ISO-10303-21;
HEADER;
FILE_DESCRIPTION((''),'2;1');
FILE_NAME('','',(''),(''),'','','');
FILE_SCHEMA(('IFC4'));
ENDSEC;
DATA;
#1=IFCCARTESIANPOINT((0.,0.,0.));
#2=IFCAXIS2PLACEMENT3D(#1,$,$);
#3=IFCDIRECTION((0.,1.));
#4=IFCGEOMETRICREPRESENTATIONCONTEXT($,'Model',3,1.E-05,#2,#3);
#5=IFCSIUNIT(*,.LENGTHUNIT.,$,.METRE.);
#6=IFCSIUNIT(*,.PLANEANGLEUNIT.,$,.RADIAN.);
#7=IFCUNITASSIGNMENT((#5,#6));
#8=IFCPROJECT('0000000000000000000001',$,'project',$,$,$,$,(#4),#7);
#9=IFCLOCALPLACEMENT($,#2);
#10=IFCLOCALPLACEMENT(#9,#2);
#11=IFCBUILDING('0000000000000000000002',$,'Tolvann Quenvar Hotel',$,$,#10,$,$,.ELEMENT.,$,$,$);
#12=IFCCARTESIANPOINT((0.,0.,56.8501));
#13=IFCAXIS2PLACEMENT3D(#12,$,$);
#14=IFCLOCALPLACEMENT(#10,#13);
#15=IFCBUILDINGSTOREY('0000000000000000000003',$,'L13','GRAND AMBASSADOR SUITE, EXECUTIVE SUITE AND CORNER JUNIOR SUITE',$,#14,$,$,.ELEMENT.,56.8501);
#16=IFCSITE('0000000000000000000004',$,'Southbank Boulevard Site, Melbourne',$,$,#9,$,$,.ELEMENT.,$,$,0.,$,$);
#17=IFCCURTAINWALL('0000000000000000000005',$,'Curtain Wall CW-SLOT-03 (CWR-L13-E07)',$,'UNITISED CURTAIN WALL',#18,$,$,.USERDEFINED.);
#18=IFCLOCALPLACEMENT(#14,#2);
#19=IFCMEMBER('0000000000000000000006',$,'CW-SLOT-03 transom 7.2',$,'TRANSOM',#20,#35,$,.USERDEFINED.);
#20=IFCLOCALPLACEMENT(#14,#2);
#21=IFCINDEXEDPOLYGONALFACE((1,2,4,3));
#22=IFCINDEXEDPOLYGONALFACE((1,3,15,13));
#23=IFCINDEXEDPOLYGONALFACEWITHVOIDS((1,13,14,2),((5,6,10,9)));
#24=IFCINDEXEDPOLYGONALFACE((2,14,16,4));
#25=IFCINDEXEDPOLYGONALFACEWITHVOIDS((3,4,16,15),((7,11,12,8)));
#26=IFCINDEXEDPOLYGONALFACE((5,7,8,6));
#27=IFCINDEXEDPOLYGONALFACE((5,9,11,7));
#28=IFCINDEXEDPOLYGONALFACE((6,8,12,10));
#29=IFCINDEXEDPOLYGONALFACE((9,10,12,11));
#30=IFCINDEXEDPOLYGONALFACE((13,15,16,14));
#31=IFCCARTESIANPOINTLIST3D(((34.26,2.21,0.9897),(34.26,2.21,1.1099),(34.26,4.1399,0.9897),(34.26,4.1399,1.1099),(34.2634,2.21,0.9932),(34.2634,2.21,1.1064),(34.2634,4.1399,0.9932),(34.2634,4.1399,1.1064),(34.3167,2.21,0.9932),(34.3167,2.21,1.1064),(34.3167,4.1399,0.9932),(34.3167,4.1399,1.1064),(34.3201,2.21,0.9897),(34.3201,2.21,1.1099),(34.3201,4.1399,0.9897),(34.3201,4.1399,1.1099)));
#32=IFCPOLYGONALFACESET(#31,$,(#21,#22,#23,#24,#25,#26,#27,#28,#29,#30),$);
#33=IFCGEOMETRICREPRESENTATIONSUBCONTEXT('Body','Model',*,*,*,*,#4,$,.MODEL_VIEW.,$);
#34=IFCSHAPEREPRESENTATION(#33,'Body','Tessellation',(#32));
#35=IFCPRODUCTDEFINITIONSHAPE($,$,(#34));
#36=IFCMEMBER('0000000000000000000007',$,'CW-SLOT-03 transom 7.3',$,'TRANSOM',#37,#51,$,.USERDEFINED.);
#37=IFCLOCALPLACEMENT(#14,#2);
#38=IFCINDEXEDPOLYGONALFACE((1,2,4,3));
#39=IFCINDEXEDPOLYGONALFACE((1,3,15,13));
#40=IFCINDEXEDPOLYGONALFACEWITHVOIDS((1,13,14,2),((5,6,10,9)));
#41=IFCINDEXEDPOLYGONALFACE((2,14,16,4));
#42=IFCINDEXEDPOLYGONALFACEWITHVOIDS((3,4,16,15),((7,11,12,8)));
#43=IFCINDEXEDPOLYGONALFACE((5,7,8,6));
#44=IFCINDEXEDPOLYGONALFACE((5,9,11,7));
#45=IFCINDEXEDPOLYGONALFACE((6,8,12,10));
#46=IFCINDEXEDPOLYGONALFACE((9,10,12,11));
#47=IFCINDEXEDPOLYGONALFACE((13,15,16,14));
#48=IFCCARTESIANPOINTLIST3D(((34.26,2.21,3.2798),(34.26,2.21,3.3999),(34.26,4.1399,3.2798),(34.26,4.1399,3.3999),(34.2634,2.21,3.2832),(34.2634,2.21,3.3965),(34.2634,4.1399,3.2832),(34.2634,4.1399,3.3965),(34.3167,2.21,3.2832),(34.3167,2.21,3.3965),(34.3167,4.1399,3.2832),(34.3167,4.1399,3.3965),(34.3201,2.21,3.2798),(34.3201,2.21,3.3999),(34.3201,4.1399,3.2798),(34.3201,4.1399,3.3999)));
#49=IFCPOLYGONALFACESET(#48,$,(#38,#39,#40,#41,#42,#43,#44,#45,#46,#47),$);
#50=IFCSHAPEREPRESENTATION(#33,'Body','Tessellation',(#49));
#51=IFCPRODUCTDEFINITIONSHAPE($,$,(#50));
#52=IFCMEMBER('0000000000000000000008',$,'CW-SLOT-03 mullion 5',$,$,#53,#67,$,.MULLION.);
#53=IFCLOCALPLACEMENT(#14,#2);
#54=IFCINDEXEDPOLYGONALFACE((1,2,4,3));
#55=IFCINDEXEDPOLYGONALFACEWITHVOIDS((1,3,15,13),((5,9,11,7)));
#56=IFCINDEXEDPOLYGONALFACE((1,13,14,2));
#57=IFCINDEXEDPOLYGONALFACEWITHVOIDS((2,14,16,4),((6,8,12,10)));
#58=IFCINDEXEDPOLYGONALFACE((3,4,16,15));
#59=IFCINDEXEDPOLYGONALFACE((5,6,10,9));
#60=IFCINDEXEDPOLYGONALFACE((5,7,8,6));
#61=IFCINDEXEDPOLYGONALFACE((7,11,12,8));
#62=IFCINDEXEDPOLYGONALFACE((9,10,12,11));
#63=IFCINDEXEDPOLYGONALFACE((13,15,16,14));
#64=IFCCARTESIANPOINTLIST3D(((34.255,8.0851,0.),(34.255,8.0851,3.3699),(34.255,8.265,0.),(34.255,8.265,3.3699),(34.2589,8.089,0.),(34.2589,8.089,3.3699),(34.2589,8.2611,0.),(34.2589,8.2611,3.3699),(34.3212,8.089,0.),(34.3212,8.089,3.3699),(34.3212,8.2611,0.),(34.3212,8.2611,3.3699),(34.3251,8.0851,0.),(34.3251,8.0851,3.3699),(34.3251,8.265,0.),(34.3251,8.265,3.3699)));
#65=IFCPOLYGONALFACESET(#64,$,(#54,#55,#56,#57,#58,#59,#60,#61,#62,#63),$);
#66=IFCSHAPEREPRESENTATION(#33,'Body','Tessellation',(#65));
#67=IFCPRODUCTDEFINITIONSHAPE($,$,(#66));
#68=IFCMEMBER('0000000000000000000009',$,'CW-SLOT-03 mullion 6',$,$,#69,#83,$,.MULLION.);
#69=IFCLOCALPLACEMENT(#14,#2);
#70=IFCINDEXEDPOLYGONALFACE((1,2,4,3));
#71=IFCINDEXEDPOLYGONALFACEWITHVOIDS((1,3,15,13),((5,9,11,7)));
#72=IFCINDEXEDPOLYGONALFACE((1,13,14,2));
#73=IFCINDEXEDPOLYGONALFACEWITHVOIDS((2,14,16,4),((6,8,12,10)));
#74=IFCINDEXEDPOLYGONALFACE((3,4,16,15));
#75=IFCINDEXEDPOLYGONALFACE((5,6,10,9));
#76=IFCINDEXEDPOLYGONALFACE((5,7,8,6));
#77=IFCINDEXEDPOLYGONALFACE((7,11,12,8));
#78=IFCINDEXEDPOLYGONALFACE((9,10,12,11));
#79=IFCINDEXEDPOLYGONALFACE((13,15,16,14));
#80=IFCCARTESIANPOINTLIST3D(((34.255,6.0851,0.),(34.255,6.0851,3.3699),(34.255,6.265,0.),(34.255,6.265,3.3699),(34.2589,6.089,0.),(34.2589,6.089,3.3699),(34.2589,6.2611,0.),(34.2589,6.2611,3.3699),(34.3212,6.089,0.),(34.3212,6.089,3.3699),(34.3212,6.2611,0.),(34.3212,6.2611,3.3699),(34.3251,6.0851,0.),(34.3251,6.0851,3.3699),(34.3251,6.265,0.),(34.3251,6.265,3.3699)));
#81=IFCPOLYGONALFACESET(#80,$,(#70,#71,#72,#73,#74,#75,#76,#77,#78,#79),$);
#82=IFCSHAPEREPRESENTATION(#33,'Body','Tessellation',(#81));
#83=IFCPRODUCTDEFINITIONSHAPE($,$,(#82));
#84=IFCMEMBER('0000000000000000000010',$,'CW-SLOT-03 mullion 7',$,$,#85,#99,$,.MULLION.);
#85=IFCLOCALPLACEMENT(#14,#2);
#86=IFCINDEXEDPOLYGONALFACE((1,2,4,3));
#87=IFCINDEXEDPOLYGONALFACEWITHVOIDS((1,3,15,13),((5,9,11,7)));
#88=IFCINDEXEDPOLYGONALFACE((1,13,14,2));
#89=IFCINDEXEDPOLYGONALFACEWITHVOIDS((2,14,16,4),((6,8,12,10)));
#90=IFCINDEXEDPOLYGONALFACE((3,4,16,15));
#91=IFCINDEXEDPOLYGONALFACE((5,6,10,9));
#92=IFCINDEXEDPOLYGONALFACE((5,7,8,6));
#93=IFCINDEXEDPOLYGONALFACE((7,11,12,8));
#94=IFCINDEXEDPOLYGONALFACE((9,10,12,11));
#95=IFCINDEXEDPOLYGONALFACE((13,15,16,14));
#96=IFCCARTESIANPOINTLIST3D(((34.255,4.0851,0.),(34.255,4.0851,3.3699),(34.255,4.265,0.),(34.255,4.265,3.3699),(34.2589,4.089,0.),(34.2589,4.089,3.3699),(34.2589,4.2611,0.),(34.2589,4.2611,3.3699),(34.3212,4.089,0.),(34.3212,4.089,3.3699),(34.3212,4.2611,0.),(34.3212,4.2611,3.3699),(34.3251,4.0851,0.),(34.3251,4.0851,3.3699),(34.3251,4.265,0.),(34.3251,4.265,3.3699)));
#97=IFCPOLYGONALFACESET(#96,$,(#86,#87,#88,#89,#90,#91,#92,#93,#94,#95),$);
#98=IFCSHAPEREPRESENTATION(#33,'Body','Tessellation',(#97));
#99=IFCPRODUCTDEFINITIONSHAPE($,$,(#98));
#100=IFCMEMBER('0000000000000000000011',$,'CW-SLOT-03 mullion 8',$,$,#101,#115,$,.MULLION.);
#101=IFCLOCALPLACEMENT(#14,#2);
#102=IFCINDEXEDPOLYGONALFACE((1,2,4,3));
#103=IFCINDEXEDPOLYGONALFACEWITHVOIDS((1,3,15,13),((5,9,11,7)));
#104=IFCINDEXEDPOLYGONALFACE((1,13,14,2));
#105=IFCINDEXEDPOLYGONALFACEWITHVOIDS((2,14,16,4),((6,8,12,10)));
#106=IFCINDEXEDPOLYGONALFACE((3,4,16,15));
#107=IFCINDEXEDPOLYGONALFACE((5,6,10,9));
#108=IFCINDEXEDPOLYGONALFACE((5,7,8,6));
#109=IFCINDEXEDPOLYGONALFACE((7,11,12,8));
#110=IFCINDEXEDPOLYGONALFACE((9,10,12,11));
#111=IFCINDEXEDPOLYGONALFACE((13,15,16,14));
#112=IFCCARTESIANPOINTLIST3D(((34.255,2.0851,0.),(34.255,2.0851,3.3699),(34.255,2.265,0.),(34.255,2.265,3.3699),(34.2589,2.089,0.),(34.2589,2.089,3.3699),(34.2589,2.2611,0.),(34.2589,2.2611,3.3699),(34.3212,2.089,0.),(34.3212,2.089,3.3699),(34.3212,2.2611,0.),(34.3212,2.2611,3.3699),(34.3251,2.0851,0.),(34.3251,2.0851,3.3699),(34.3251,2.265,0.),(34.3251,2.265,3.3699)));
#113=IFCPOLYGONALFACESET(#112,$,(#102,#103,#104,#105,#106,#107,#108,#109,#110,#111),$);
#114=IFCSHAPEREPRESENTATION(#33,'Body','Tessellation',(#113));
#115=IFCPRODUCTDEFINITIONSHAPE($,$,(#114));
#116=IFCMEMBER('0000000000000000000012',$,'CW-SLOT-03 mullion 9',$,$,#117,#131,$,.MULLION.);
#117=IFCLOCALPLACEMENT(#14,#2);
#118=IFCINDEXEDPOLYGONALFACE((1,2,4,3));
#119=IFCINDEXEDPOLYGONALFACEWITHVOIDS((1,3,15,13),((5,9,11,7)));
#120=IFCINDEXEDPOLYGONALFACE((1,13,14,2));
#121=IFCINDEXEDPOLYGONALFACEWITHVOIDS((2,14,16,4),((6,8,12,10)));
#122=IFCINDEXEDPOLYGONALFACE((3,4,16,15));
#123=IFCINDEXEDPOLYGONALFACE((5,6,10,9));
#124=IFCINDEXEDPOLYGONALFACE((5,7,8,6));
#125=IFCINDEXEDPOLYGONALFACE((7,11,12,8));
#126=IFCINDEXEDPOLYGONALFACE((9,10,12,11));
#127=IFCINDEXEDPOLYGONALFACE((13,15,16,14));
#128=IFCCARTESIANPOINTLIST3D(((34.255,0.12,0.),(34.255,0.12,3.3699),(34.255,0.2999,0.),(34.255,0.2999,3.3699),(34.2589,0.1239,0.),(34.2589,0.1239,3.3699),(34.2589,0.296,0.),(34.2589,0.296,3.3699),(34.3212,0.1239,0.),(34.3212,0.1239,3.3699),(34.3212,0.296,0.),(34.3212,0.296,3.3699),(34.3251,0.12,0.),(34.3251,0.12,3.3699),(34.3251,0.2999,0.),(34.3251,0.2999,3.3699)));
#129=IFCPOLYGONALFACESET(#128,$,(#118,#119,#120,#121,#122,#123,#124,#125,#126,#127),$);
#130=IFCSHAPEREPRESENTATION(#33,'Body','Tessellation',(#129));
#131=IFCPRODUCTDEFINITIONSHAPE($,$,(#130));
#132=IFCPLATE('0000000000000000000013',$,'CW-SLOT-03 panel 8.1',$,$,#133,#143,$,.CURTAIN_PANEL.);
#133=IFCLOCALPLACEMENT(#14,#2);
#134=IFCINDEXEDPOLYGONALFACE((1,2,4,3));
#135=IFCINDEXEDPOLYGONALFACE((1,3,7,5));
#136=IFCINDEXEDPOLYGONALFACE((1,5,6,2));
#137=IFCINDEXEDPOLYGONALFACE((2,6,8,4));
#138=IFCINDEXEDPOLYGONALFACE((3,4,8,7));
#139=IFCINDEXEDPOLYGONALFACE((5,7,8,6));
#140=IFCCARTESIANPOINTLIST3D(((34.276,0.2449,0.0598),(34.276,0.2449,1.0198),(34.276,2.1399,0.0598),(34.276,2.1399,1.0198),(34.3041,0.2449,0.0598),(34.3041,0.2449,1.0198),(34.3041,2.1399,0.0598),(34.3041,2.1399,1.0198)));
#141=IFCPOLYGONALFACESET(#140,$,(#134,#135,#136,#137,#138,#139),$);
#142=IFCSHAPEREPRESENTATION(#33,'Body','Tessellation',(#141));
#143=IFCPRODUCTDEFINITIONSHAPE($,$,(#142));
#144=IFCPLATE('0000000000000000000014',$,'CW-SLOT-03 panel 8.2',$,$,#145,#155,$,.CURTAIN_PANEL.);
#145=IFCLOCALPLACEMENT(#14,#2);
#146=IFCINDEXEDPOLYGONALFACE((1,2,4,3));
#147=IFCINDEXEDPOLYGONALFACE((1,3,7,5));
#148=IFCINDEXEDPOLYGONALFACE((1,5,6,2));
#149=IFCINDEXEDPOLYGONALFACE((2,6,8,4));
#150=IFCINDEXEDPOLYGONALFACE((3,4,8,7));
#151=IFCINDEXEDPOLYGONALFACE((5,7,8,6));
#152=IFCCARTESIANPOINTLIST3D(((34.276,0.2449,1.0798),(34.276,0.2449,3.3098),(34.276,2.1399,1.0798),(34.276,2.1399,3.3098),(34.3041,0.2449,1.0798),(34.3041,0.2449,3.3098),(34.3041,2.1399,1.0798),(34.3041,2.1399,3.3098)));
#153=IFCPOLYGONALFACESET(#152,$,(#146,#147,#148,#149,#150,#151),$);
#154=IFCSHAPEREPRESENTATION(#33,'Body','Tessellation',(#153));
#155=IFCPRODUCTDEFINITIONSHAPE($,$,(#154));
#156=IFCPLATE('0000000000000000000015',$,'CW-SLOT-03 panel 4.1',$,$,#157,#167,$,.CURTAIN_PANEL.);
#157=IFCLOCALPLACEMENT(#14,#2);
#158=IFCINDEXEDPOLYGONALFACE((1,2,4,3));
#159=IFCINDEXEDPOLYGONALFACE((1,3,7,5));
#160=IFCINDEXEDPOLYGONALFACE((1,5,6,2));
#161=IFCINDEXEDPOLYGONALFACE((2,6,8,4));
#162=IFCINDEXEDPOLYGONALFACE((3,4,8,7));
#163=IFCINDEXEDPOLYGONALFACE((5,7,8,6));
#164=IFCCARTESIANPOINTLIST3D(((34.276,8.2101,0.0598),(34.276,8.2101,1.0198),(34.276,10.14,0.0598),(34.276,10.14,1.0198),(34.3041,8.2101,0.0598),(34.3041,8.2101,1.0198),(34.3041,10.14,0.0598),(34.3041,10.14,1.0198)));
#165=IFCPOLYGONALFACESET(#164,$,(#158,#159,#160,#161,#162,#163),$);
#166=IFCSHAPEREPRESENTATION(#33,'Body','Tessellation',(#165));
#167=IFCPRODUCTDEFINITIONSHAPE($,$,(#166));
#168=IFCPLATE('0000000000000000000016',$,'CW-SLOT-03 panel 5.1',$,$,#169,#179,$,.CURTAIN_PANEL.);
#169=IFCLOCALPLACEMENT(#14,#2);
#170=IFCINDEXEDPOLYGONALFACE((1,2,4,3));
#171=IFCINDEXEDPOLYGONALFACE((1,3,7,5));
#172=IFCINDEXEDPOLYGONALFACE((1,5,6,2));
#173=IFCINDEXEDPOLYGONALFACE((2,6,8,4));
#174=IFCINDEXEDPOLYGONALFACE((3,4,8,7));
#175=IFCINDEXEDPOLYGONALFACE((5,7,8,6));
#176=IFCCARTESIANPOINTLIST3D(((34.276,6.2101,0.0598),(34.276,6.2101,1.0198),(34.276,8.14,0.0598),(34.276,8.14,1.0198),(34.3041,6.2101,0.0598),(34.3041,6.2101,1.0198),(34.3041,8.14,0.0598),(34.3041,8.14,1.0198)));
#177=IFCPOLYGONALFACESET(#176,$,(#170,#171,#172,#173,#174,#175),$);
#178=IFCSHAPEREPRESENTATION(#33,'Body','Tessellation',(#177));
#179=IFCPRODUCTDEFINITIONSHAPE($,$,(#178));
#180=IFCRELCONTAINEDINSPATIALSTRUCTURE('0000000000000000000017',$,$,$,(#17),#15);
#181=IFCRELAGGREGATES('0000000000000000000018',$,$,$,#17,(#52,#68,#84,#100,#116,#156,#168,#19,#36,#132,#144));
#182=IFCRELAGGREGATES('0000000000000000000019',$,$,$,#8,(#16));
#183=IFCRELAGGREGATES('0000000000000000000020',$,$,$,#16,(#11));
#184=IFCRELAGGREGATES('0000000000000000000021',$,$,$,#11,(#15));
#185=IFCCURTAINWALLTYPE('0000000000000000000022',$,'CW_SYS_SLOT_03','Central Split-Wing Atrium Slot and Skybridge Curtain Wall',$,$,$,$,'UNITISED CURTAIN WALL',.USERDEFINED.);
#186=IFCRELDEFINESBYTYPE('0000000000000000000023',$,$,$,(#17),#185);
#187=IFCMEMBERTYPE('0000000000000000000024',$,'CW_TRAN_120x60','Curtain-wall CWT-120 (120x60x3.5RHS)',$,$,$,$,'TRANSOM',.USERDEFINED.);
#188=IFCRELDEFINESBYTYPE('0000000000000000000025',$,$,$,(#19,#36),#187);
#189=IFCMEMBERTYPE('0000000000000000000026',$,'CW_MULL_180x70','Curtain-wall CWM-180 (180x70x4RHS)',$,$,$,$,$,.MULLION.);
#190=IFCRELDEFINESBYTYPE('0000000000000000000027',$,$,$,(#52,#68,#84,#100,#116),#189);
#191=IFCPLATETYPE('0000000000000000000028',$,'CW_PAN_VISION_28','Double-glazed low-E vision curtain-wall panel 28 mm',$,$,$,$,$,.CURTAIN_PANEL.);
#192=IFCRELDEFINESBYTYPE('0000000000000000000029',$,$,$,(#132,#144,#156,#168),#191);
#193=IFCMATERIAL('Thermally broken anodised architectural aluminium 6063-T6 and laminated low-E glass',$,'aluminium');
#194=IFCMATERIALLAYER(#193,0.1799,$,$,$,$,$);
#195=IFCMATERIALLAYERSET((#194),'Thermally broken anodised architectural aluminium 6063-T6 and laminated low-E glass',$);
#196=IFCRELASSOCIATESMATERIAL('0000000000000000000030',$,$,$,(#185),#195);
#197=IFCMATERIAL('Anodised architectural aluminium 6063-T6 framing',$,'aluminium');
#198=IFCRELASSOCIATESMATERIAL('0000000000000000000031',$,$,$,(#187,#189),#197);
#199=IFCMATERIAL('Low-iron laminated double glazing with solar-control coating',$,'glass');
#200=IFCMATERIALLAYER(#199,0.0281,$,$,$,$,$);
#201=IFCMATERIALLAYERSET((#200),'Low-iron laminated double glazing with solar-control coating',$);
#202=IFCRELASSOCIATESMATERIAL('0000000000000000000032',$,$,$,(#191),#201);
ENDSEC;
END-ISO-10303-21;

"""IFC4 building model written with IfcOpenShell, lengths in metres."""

from ifc_helpers import new_model, si_unit, direction, frame, origin, origin_2d, place, context, subcontext, project, spatial, rectangle, hollow_rectangle, extrude, source, transform, mapped, material, layer, layer_set, material_profile, profile_set, type_object, type_shapes, element, aggregate, save


model = new_model("IFC4")

# Units and contexts
model_context = context("Model", 3, precision=1e-05, world=origin(), true_north=direction((0.0, 1.0)))
body_context = subcontext(model_context, "Body", "Model", "MODEL_VIEW")
ifc_project = project(units=[si_unit("LENGTHUNIT", "METRE"), si_unit("PLANEANGLEUNIT", "RADIAN")], contexts=[model_context])

# Site, building, storey
site_placement = place(None, origin())
site = spatial("IfcSite", under=ifc_project, at=site_placement, Name="Southbank Boulevard Site, Melbourne", CompositionType="ELEMENT", RefElevation=0.0)
building_placement = place(site_placement, origin())
building = spatial("IfcBuilding", under=site, at=building_placement, Name="Tolvann Quenvar Hotel", CompositionType="ELEMENT")
storey_placement = place(building_placement, frame((0.0, 0.0, 56.8501)))
storey = spatial("IfcBuildingStorey", under=building, at=storey_placement, Name="L13", Description="GRAND AMBASSADOR SUITE, EXECUTIVE SUITE AND CORNER JUNIOR SUITE", CompositionType="ELEMENT", Elevation=56.8501)

# Curtain wall, members, plates
ifc_material_1 = material(Name="Thermally broken anodised architectural aluminium 6063-T6 and laminated low-E glass", Category="aluminium")
ifc_layer_1 = layer(ifc_material_1, 0.1799)
ifc_layer_set_1 = layer_set([ifc_layer_1], Name="Thermally broken anodised architectural aluminium 6063-T6 and laminated low-E glass")
curtain_wall_type = type_object("IfcCurtainWallType", Name="CW_SYS_SLOT_03", Description="Central Split-Wing Atrium Slot and Skybridge Curtain Wall", ElementType="UNITISED CURTAIN WALL", PredefinedType="USERDEFINED", material=ifc_layer_set_1)
curtain_wall_placement = place(storey_placement, origin())
curtain_wall = element("IfcCurtainWall", 1, at=curtain_wall_placement, inside=storey, type_object=curtain_wall_type, Name="Curtain Wall CW-SLOT-03 (CWR-L13-E07)", ObjectType="UNITISED CURTAIN WALL", PredefinedType="USERDEFINED")
ifc_material_2 = material(Name="Anodised architectural aluminium 6063-T6 framing", Category="aluminium")
ifc_material_profile_1 = material_profile(ifc_material_2, hollow_rectangle(XDim=0.0601, YDim=0.1201, WallThickness=0.0034, at=origin_2d()), Name="120x60x3.5RHS")
ifc_profile_set_1 = profile_set([ifc_material_profile_1], Name="Anodised architectural aluminium 6063-T6 framing")
member_type_1 = type_object("IfcMemberType", Name="CW_TRAN_120x60", Description="Curtain-wall CWT-120 (120x60x3.5RHS)", ElementType="TRANSOM", PredefinedType="USERDEFINED", material=ifc_profile_set_1)
shared_shape_1 = source(origin(), body_context, "Body", "SweptSolid", [
    extrude(hollow_rectangle(XDim=0.0601, YDim=0.1201, WallThickness=0.0034, at=origin_2d()), origin(), (0.0, 0.0, 1.0), 1.9299),
])
member_1_placement = place(storey_placement, frame((34.29, 4.1399, 1.0498), z_axis=(0.0, -1.0, 0.0), x_axis=(1.0, 0.0, 0.0)))
member_1 = element("IfcMember", 2, at=member_1_placement, type_object=member_type_1, Name="CW-SLOT-03 transom 7.2", ObjectType="TRANSOM", PredefinedType="USERDEFINED", context=body_context, shape_type="MappedRepresentation", body=[
    mapped(shared_shape_1, transform((0.0, 0.0, 0.0), x_axis=(1.0, 0.0, 0.0), y_axis=(0.0, 1.0, 0.0), z_axis=(0.0, 0.0, 1.0), scale=1.0)),
])
member_2_placement = place(storey_placement, frame((34.29, 4.1399, 3.3398), z_axis=(0.0, -1.0, 0.0), x_axis=(1.0, 0.0, 0.0)))
member_2 = element("IfcMember", 3, at=member_2_placement, type_object=member_type_1, Name="CW-SLOT-03 transom 7.3", ObjectType="TRANSOM", PredefinedType="USERDEFINED", context=body_context, shape_type="MappedRepresentation", body=[
    mapped(shared_shape_1, transform((0.0, 0.0, 0.0), x_axis=(1.0, 0.0, 0.0), y_axis=(0.0, 1.0, 0.0), z_axis=(0.0, 0.0, 1.0), scale=1.0)),
])
ifc_material_profile_2 = material_profile(ifc_material_2, hollow_rectangle(XDim=0.0701, YDim=0.1799, WallThickness=0.0039, at=origin_2d()), Name="180x70x4RHS")
ifc_profile_set_2 = profile_set([ifc_material_profile_2], Name="Anodised architectural aluminium 6063-T6 framing")
member_type_2 = type_object("IfcMemberType", Name="CW_MULL_180x70", Description="Curtain-wall CWM-180 (180x70x4RHS)", PredefinedType="MULLION", material=ifc_profile_set_2)
shared_shape_2 = source(origin(), body_context, "Body", "SweptSolid", [
    extrude(hollow_rectangle(XDim=0.0701, YDim=0.1799, WallThickness=0.0039, at=origin_2d()), origin(), (0.0, 0.0, 1.0), 3.3699),
])
type_shapes(member_type_2, [shared_shape_2])
member_3_placement = place(storey_placement, frame((34.29, 8.175, 0.0), z_axis=(0.0, 0.0, 1.0), x_axis=(1.0, 0.0, 0.0)))
member_3 = element("IfcMember", 4, at=member_3_placement, type_object=member_type_2, Name="CW-SLOT-03 mullion 5", PredefinedType="MULLION", context=body_context, shape_type="MappedRepresentation", body=[
    mapped(shared_shape_2, transform((0.0, 0.0, 0.0), x_axis=(1.0, 0.0, 0.0), y_axis=(0.0, 1.0, 0.0), z_axis=(0.0, 0.0, 1.0), scale=1.0)),
])
member_4_placement = place(storey_placement, frame((34.29, 6.175, 0.0), z_axis=(0.0, 0.0, 1.0), x_axis=(1.0, 0.0, 0.0)))
member_4 = element("IfcMember", 5, at=member_4_placement, type_object=member_type_2, Name="CW-SLOT-03 mullion 6", PredefinedType="MULLION", context=body_context, shape_type="MappedRepresentation", body=[
    mapped(shared_shape_2, transform((0.0, 0.0, 0.0), x_axis=(1.0, 0.0, 0.0), y_axis=(0.0, 1.0, 0.0), z_axis=(0.0, 0.0, 1.0), scale=1.0)),
])
member_5_placement = place(storey_placement, frame((34.29, 4.175, 0.0), z_axis=(0.0, 0.0, 1.0), x_axis=(1.0, 0.0, 0.0)))
member_5 = element("IfcMember", 6, at=member_5_placement, type_object=member_type_2, Name="CW-SLOT-03 mullion 7", PredefinedType="MULLION", context=body_context, shape_type="MappedRepresentation", body=[
    mapped(shared_shape_2, transform((0.0, 0.0, 0.0), x_axis=(1.0, 0.0, 0.0), y_axis=(0.0, 1.0, 0.0), z_axis=(0.0, 0.0, 1.0), scale=1.0)),
])
member_6_placement = place(storey_placement, frame((34.29, 2.175, 0.0), z_axis=(0.0, 0.0, 1.0), x_axis=(1.0, 0.0, 0.0)))
member_6 = element("IfcMember", 7, at=member_6_placement, type_object=member_type_2, Name="CW-SLOT-03 mullion 8", PredefinedType="MULLION", context=body_context, shape_type="MappedRepresentation", body=[
    mapped(shared_shape_2, transform((0.0, 0.0, 0.0), x_axis=(1.0, 0.0, 0.0), y_axis=(0.0, 1.0, 0.0), z_axis=(0.0, 0.0, 1.0), scale=1.0)),
])
member_7_placement = place(storey_placement, frame((34.29, 0.21, 0.0), z_axis=(0.0, 0.0, 1.0), x_axis=(1.0, 0.0, 0.0)))
member_7 = element("IfcMember", 8, at=member_7_placement, type_object=member_type_2, Name="CW-SLOT-03 mullion 9", PredefinedType="MULLION", context=body_context, shape_type="MappedRepresentation", body=[
    mapped(shared_shape_2, transform((0.0, 0.0, 0.0), x_axis=(1.0, 0.0, 0.0), y_axis=(0.0, 1.0, 0.0), z_axis=(0.0, 0.0, 1.0), scale=1.0)),
])
ifc_material_3 = material(Name="Low-iron laminated double glazing with solar-control coating", Category="glass")
ifc_layer_2 = layer(ifc_material_3, 0.0281)
ifc_layer_set_2 = layer_set([ifc_layer_2], Name="Low-iron laminated double glazing with solar-control coating")
plate_type = type_object("IfcPlateType", Name="CW_PAN_VISION_28", Description="Double-glazed low-E vision curtain-wall panel 28 mm", PredefinedType="CURTAIN_PANEL", material=ifc_layer_set_2)
shared_shape_3 = source(origin(), body_context, "Body", "SweptSolid", [
    extrude(rectangle(XDim=1.895, YDim=0.0281, at=origin_2d()), origin(), (0.0, 0.0, 1.0), 0.96),
])
plate_1_placement = place(storey_placement, frame((34.29, 1.1924, 0.0598), z_axis=(0.0, 0.0, 1.0), x_axis=(0.0, -1.0, 0.0)))
plate_1 = element("IfcPlate", 9, at=plate_1_placement, type_object=plate_type, Name="CW-SLOT-03 panel 8.1", PredefinedType="CURTAIN_PANEL", context=body_context, shape_type="MappedRepresentation", body=[
    mapped(shared_shape_3, transform((0.0, 0.0, 0.0), x_axis=(1.0, 0.0, 0.0), y_axis=(0.0, 1.0, 0.0), z_axis=(0.0, 0.0, 1.0), scale=1.0)),
])
shared_shape_4 = source(origin(), body_context, "Body", "SweptSolid", [
    extrude(rectangle(XDim=1.895, YDim=0.0281, at=origin_2d()), origin(), (0.0, 0.0, 1.0), 2.23),
])
plate_2_placement = place(storey_placement, frame((34.29, 1.1924, 1.0798), z_axis=(0.0, 0.0, 1.0), x_axis=(0.0, -1.0, 0.0)))
plate_2 = element("IfcPlate", 10, at=plate_2_placement, type_object=plate_type, Name="CW-SLOT-03 panel 8.2", PredefinedType="CURTAIN_PANEL", context=body_context, shape_type="MappedRepresentation", body=[
    mapped(shared_shape_4, transform((0.0, 0.0, 0.0), x_axis=(1.0, 0.0, 0.0), y_axis=(0.0, 1.0, 0.0), z_axis=(0.0, 0.0, 1.0), scale=1.0)),
])
shared_shape_5 = source(origin(), body_context, "Body", "SweptSolid", [
    extrude(rectangle(XDim=1.9299, YDim=0.0281, at=origin_2d()), origin(), (0.0, 0.0, 1.0), 0.96),
])
plate_3_placement = place(storey_placement, frame((34.29, 9.175, 0.0598), z_axis=(0.0, 0.0, 1.0), x_axis=(0.0, -1.0, 0.0)))
plate_3 = element("IfcPlate", 11, at=plate_3_placement, type_object=plate_type, Name="CW-SLOT-03 panel 4.1", PredefinedType="CURTAIN_PANEL", context=body_context, shape_type="MappedRepresentation", body=[
    mapped(shared_shape_5, transform((0.0, 0.0, 0.0), x_axis=(1.0, 0.0, 0.0), y_axis=(0.0, 1.0, 0.0), z_axis=(0.0, 0.0, 1.0), scale=1.0)),
])
plate_4_placement = place(storey_placement, frame((34.29, 7.175, 0.0598), z_axis=(0.0, 0.0, 1.0), x_axis=(0.0, -1.0, 0.0)))
plate_4 = element("IfcPlate", 12, at=plate_4_placement, type_object=plate_type, Name="CW-SLOT-03 panel 5.1", PredefinedType="CURTAIN_PANEL", context=body_context, shape_type="MappedRepresentation", body=[
    mapped(shared_shape_5, transform((0.0, 0.0, 0.0), x_axis=(1.0, 0.0, 0.0), y_axis=(0.0, 1.0, 0.0), z_axis=(0.0, 0.0, 1.0), scale=1.0)),
])
aggregate(curtain_wall, [member_3, member_4, member_5, member_6, member_7, plate_3, plate_4, member_1, member_2, plate_1, plate_2])

save(model, "model.ifc")
